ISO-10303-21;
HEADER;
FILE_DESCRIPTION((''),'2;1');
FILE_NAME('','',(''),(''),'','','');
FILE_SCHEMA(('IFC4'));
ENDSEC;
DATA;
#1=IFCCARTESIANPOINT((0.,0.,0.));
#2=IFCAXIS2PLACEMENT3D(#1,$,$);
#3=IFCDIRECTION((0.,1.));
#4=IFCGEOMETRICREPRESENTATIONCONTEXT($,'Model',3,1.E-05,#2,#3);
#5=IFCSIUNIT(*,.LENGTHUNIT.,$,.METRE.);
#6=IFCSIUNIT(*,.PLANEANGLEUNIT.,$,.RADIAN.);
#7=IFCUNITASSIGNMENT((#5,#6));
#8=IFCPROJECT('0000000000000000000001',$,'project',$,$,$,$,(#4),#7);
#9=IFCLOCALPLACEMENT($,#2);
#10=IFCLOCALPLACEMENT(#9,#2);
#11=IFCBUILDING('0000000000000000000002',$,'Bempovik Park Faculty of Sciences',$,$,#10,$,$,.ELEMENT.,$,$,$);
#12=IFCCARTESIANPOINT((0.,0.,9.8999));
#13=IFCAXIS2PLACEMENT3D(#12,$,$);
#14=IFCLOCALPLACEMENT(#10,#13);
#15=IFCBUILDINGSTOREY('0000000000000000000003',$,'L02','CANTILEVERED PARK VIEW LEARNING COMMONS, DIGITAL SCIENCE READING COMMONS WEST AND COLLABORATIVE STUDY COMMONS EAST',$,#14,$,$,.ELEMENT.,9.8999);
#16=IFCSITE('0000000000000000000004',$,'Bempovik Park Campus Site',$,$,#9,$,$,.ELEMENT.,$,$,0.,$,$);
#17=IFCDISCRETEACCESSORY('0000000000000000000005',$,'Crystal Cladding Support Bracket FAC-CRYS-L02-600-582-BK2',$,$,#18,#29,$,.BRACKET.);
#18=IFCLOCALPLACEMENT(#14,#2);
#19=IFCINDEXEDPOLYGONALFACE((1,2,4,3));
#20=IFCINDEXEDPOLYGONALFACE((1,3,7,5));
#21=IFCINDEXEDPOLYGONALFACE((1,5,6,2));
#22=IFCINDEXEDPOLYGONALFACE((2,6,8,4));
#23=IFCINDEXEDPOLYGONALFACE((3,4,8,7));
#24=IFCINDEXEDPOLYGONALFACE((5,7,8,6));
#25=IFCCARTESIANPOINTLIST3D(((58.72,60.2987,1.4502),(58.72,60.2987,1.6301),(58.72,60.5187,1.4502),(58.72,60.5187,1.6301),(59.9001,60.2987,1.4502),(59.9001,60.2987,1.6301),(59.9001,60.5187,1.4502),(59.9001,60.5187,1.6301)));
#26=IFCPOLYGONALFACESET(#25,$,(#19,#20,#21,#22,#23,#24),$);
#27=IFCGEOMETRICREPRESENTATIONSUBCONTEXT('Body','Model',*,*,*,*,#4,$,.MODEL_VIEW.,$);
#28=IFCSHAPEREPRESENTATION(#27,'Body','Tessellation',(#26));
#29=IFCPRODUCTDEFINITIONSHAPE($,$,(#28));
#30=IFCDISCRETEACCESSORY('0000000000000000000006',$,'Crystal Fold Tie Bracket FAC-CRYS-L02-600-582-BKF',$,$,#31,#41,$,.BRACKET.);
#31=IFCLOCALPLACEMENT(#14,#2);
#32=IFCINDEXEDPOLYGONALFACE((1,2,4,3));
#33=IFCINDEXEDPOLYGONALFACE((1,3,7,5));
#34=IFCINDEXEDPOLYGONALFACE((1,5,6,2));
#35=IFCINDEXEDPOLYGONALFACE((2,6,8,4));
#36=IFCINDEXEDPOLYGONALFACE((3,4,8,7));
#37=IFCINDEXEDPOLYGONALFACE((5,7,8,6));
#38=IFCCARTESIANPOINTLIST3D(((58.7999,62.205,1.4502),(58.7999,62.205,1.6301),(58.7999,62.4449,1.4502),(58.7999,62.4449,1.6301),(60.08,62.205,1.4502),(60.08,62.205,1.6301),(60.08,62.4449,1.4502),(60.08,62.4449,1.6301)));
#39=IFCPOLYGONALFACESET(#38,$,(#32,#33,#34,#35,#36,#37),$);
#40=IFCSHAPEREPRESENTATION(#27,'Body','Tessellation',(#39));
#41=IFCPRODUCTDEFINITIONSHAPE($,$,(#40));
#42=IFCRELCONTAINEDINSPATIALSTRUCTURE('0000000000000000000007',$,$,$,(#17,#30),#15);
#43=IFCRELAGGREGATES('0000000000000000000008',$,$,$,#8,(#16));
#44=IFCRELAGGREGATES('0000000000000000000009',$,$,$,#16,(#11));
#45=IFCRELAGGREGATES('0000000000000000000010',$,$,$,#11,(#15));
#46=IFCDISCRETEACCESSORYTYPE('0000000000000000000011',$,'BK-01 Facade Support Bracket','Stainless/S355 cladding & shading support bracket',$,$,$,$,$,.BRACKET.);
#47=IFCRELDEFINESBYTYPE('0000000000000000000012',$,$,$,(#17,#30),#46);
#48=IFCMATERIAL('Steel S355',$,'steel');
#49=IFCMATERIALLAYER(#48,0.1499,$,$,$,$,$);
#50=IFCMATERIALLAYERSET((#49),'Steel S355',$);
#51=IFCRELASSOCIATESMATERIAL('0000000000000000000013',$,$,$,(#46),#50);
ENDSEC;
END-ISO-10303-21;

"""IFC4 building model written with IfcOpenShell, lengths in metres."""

from ifc_helpers import new_model, si_unit, direction, frame, origin, origin_2d, place, context, subcontext, project, spatial, rectangle, extrude, material, layer, layer_set, type_object, element, save


model = new_model("IFC4")

# Units and contexts
model_context = context("Model", 3, precision=1e-05, world=origin(), true_north=direction((0.0, 1.0)))
body_context = subcontext(model_context, "Body", "Model", "MODEL_VIEW")
ifc_project = project(units=[si_unit("LENGTHUNIT", "METRE"), si_unit("PLANEANGLEUNIT", "RADIAN")], contexts=[model_context])

# Site, building, storey
site_placement = place(None, origin())
site = spatial("IfcSite", under=ifc_project, at=site_placement, Name="Bempovik Park Campus Site", CompositionType="ELEMENT", RefElevation=0.0)
building_placement = place(site_placement, origin())
building = spatial("IfcBuilding", under=site, at=building_placement, Name="Bempovik Park Faculty of Sciences", CompositionType="ELEMENT")
storey_placement = place(building_placement, frame((0.0, 0.0, 9.8999)))
storey = spatial("IfcBuildingStorey", under=building, at=storey_placement, Name="L02", Description="CANTILEVERED PARK VIEW LEARNING COMMONS, DIGITAL SCIENCE READING COMMONS WEST AND COLLABORATIVE STUDY COMMONS EAST", CompositionType="ELEMENT", Elevation=9.8999)

# Discrete accessories
ifc_material_1 = material(Name="Steel S355", Category="steel")
ifc_layer_1 = layer(ifc_material_1, 0.1499)
ifc_layer_set_1 = layer_set([ifc_layer_1], Name="Steel S355")
discrete_accessory_type = type_object("IfcDiscreteAccessoryType", Name="BK-01 Facade Support Bracket", Description="Stainless/S355 cladding & shading support bracket", PredefinedType="BRACKET", material=ifc_layer_set_1)
for number, where, z_axis, x_axis, name in (
    (1, (59.3101, 60.4087, 1.4502), (0.0, 0.0, 1.0), (1.0, 0.0, 0.0), "Crystal Cladding Support Bracket FAC-CRYS-L02-600-582-BK2"),
):
    element("IfcDiscreteAccessory", number, at=place(storey_placement, frame(where, z_axis=z_axis, x_axis=x_axis)), inside=storey, type_object=discrete_accessory_type, Name=name, PredefinedType="BRACKET", context=body_context, shape_type="SweptSolid", body=[
        extrude(rectangle(XDim=1.1802, YDim=0.22, at=origin_2d()), origin(), (0.0, 0.0, 1.0), 0.1799),
    ])
discrete_accessory_placement = place(storey_placement, frame((59.4399, 62.325, 1.4502), z_axis=(0.0, 0.0, 1.0), x_axis=(1.0, 0.0, 0.0)))
element("IfcDiscreteAccessory", 2, at=discrete_accessory_placement, inside=storey, type_object=discrete_accessory_type, Name="Crystal Fold Tie Bracket FAC-CRYS-L02-600-582-BKF", PredefinedType="BRACKET", context=body_context, shape_type="SweptSolid", body=[
    extrude(rectangle(XDim=1.28, YDim=0.24, at=origin_2d()), origin(), (0.0, 0.0, 1.0), 0.1799),
])

save(model, "model.ifc")
